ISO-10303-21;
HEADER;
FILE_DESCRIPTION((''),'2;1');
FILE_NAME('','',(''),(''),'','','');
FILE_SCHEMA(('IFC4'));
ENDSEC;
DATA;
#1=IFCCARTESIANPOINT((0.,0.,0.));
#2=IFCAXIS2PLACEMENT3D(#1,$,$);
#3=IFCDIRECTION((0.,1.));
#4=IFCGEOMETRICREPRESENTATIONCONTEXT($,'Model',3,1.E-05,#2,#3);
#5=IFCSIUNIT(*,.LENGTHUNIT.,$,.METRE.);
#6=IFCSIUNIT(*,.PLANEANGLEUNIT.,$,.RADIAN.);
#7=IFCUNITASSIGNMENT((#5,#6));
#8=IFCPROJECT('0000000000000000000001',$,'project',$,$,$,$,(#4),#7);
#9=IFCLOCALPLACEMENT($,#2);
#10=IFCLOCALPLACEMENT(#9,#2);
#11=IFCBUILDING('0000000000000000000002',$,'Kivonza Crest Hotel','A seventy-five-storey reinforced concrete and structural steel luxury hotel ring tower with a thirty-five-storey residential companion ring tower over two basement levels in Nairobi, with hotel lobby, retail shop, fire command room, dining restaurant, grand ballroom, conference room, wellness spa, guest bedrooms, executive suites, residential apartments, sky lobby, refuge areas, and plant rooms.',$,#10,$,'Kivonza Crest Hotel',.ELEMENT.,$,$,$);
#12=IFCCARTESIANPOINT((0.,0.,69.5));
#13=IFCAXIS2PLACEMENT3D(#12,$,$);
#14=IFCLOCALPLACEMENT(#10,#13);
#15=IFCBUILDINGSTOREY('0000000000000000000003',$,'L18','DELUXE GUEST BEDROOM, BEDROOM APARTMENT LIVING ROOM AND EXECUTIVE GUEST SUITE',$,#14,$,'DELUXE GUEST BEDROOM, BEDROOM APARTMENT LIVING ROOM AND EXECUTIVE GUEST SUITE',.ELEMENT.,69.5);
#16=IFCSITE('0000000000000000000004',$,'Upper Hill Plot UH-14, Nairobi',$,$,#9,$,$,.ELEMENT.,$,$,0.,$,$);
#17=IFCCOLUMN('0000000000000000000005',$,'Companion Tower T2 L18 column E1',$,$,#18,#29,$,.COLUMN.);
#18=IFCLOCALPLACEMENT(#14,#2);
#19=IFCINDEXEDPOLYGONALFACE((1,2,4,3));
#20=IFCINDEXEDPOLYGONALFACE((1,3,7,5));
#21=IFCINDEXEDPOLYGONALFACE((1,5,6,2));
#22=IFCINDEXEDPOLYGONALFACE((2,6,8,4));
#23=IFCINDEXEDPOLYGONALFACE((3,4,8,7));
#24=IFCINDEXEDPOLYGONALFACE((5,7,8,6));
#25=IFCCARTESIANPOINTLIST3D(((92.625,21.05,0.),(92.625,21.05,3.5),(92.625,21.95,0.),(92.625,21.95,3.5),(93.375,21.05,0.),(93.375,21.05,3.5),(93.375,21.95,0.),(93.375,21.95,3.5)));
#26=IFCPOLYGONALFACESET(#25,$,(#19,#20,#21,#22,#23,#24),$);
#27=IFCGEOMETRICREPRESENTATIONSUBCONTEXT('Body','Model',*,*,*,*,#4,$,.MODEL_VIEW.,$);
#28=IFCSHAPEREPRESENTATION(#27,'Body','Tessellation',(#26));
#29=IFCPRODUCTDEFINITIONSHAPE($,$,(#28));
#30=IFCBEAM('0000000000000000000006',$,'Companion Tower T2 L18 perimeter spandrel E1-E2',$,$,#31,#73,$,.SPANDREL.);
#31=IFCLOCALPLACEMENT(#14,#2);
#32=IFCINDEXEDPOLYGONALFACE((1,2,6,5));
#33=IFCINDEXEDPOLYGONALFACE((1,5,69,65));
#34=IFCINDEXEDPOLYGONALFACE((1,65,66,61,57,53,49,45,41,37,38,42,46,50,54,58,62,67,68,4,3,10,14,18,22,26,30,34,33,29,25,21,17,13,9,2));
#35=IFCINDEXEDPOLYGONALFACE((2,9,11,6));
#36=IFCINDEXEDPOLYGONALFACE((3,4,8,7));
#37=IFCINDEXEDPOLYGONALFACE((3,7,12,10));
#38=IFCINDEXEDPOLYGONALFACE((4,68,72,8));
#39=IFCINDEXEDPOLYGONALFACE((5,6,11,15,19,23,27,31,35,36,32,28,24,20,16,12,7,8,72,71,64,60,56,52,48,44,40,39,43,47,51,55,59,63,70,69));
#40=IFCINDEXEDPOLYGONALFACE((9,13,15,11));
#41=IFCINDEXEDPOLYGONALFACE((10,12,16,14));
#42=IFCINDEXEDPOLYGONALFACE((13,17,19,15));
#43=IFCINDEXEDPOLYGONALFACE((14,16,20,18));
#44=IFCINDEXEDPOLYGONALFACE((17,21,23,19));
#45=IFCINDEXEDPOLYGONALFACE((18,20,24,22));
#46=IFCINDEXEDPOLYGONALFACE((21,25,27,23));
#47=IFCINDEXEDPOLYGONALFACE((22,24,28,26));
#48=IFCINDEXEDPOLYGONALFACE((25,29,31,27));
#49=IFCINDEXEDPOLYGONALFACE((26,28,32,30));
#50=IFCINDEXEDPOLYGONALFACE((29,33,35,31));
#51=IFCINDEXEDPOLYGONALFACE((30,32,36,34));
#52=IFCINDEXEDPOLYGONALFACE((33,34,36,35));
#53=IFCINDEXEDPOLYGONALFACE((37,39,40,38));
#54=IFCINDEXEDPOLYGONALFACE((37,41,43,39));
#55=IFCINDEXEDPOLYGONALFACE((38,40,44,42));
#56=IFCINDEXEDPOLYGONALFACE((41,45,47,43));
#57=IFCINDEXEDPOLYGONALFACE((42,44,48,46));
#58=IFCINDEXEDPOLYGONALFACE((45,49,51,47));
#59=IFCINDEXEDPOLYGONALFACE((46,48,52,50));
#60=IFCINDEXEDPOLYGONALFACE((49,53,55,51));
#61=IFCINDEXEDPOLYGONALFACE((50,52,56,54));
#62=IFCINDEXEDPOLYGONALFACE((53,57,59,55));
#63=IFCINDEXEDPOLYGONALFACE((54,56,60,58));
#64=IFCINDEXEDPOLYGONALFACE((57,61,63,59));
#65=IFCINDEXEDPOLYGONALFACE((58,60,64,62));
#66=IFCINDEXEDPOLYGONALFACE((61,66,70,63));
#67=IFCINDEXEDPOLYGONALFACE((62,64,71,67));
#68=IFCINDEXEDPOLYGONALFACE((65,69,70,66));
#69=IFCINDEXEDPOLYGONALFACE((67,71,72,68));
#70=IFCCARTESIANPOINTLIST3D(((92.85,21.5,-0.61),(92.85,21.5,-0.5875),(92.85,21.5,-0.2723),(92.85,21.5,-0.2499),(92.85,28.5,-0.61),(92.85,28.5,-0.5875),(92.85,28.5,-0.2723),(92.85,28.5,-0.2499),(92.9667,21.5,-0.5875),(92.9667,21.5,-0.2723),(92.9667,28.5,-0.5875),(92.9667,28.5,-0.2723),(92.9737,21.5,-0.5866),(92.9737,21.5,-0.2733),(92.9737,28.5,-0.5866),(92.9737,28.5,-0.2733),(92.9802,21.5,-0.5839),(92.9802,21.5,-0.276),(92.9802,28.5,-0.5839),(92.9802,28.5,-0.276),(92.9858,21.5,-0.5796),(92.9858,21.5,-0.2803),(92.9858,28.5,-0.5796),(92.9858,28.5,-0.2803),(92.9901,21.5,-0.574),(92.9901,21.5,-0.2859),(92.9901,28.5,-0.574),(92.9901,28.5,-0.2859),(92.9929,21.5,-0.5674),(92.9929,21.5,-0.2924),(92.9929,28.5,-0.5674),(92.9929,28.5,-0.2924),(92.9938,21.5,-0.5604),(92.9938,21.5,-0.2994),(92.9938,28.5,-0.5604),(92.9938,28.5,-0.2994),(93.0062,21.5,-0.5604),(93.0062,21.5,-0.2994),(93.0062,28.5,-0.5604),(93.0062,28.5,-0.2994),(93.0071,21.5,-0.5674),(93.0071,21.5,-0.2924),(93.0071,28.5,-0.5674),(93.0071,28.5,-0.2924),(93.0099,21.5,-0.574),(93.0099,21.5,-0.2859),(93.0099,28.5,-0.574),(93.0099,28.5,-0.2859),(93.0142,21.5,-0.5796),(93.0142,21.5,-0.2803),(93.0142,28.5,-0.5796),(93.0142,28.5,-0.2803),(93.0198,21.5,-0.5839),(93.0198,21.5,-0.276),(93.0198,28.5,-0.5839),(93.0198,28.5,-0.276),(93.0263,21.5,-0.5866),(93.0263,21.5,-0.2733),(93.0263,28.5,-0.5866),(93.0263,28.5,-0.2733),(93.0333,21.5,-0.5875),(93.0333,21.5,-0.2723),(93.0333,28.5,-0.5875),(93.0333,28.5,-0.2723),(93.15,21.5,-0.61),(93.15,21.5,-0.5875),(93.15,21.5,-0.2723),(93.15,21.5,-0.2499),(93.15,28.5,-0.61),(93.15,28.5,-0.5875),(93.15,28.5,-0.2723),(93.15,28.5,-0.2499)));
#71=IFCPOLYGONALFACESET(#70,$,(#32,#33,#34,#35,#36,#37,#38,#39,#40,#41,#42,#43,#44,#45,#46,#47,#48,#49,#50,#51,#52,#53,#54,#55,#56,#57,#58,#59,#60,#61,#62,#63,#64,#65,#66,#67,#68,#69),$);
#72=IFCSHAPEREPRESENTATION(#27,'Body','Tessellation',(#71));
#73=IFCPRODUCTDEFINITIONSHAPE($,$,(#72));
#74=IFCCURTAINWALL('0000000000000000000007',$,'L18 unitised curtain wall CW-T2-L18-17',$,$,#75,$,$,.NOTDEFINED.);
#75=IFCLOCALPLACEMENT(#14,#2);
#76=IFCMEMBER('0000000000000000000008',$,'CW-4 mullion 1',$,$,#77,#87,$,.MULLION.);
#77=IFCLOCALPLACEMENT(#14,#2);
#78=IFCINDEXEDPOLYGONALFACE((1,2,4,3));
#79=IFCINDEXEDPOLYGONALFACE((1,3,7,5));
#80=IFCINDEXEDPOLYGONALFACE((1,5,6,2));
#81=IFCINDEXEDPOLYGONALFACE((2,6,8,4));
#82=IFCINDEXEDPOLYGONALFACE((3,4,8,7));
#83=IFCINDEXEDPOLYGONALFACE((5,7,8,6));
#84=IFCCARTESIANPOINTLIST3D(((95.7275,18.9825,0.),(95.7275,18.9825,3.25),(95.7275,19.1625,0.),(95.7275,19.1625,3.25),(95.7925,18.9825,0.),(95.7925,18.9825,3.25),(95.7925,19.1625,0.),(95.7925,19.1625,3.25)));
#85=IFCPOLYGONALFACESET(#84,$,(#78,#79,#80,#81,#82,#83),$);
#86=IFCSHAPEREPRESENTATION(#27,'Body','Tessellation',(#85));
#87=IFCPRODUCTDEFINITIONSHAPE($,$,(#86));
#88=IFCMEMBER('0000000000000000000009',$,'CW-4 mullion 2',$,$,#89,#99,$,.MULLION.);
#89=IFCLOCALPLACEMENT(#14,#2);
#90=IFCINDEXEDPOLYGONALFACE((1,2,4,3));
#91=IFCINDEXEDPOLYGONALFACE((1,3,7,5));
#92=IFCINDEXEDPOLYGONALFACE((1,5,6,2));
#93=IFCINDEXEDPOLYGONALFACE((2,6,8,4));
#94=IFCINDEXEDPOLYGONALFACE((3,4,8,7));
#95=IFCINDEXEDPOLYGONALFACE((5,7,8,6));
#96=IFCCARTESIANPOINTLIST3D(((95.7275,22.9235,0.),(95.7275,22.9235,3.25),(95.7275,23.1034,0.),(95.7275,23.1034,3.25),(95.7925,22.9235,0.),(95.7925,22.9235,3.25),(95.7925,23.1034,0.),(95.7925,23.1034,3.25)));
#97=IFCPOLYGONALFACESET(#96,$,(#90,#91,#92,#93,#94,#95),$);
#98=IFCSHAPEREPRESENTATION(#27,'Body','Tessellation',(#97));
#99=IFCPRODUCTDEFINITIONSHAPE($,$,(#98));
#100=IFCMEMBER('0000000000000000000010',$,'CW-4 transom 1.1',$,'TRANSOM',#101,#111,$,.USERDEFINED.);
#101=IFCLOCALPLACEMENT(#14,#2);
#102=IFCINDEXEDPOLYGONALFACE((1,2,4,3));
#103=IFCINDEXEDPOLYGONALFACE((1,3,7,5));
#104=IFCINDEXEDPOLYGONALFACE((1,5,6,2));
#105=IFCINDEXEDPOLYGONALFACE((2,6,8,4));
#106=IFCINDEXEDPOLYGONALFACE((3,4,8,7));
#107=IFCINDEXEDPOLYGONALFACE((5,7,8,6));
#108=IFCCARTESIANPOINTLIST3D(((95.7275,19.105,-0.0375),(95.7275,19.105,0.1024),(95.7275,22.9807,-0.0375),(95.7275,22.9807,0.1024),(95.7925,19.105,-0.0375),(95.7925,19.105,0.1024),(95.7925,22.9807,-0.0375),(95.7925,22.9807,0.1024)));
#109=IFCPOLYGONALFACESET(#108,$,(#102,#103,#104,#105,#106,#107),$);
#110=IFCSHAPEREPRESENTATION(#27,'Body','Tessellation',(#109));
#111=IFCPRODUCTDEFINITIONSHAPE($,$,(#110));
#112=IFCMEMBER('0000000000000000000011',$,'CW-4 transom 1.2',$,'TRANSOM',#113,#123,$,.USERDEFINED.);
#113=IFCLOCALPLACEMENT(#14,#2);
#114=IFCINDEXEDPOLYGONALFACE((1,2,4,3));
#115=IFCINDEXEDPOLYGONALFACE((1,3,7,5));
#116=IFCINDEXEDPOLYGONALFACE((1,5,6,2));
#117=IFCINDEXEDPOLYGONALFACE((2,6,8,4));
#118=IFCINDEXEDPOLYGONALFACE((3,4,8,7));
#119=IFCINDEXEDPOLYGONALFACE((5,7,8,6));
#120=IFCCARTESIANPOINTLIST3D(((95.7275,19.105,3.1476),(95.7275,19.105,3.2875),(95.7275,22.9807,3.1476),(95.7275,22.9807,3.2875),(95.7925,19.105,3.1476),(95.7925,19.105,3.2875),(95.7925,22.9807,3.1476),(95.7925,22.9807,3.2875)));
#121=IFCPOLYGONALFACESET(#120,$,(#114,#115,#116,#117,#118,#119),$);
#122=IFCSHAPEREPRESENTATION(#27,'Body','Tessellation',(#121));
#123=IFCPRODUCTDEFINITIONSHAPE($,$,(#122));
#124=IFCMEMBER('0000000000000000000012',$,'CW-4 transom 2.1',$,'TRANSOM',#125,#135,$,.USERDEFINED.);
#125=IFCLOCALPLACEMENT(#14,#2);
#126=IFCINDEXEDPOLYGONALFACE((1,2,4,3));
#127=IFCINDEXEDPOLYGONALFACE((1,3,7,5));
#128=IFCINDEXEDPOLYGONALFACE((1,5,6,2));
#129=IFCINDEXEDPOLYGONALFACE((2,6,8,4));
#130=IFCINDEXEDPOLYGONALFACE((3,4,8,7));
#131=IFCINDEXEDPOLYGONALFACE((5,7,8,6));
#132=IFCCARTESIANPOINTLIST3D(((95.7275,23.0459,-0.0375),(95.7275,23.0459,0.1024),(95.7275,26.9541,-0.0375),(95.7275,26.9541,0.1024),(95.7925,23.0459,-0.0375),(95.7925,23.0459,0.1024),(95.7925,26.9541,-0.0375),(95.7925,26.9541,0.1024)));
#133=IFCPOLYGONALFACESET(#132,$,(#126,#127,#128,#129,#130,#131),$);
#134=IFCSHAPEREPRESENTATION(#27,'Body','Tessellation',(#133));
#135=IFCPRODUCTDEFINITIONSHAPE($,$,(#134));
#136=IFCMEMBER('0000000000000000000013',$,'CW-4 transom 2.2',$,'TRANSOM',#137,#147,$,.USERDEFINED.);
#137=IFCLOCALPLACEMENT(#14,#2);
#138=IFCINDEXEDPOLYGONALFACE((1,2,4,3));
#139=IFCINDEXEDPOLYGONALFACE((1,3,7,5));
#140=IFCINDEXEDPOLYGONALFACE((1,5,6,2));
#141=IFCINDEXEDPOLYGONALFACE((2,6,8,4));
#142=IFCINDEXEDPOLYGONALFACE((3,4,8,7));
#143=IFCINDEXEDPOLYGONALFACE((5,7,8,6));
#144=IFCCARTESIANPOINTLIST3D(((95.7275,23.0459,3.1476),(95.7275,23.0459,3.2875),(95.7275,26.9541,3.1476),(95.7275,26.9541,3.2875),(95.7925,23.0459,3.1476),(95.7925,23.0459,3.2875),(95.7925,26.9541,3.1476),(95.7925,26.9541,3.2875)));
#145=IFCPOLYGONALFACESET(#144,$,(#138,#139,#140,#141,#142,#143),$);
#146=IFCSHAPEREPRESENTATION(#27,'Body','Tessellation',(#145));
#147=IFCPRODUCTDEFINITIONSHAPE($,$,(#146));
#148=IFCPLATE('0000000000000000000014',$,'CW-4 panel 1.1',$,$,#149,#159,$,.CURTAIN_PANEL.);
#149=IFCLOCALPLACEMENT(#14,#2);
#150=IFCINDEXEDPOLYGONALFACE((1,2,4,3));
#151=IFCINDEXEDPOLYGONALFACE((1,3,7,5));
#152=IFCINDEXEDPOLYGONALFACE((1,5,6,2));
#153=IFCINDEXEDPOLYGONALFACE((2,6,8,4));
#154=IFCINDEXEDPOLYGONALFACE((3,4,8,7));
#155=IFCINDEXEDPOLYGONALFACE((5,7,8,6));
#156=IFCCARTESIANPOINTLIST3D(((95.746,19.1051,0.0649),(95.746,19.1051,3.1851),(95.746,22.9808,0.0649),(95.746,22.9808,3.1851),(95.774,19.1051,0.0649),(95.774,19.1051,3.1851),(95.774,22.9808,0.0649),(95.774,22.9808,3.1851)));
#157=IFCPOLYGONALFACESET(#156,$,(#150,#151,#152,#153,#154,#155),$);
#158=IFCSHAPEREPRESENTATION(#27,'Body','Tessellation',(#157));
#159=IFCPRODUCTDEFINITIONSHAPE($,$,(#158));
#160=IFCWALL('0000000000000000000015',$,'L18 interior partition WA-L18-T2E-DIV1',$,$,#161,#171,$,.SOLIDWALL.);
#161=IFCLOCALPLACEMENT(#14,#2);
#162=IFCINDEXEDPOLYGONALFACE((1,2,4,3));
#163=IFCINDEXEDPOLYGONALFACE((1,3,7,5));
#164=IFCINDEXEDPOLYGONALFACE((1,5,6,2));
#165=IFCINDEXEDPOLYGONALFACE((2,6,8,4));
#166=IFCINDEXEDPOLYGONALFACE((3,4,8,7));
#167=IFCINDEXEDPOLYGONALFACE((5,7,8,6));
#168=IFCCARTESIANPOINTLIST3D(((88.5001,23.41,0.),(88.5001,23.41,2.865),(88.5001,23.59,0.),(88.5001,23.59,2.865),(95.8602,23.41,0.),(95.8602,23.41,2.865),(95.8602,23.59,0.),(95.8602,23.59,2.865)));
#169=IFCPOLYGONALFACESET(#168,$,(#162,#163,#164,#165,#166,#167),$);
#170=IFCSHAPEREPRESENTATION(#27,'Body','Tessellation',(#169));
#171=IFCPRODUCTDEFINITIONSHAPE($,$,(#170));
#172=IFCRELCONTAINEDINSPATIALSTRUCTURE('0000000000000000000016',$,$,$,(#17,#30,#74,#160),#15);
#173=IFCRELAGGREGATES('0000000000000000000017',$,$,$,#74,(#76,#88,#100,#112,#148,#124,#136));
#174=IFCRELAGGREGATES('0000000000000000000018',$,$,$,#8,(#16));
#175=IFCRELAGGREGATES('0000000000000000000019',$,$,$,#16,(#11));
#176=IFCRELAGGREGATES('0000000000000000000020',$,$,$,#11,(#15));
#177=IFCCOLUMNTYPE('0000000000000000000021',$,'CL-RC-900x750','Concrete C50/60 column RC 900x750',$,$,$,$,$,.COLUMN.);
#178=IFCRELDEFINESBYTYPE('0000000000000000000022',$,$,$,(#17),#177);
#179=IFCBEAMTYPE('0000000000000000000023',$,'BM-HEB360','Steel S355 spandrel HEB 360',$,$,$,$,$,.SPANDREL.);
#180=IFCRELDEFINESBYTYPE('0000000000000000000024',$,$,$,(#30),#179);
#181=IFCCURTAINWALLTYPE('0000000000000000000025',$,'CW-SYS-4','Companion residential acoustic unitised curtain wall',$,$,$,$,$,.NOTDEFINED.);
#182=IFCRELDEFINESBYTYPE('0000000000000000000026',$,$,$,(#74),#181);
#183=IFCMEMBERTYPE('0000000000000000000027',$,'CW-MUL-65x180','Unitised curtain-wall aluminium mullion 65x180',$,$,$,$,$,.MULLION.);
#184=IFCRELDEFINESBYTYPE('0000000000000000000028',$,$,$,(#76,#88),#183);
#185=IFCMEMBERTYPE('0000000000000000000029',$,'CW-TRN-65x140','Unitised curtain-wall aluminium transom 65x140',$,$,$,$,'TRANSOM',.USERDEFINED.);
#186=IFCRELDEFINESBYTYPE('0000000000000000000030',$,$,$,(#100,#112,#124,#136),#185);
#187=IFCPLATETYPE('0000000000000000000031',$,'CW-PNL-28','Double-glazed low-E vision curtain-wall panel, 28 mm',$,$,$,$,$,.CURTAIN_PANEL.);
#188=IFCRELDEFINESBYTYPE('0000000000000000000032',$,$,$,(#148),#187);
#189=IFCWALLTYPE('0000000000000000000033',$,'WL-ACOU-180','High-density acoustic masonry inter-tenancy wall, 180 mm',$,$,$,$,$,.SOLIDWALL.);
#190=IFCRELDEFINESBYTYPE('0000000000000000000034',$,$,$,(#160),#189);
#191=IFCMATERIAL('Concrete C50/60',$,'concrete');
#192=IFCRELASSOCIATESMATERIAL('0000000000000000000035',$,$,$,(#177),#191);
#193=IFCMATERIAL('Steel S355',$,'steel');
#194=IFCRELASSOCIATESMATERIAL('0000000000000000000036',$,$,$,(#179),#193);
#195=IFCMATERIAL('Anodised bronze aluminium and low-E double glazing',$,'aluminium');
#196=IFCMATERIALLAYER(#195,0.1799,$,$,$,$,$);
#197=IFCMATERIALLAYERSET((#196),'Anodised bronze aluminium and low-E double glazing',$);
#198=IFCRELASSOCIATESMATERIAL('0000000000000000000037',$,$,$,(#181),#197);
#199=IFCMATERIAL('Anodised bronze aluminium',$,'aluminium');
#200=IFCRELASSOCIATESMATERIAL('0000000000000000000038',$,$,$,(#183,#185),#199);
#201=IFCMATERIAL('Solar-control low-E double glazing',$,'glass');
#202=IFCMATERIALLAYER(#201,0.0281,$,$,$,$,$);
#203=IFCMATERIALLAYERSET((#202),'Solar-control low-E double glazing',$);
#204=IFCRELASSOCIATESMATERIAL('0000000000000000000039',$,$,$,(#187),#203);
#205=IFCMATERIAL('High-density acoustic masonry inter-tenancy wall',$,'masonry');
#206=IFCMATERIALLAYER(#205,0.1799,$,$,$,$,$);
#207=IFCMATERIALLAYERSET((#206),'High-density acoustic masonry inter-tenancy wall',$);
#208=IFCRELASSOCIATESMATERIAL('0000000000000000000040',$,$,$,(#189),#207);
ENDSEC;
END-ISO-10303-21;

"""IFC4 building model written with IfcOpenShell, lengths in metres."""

from ifc_helpers import new_model, si_unit, direction, frame, frame_2d, origin, origin_2d, place, context, subcontext, project, spatial, rectangle, i_section, extrude, material, layer, layer_set, material_profile, profile_set, type_object, element, aggregate, save


model = new_model("IFC4")

# Units and contexts
model_context = context("Model", 3, precision=1e-05, world=origin(), true_north=direction((0.0, 1.0)))
body_context = subcontext(model_context, "Body", "Model", "MODEL_VIEW")
ifc_project = project(units=[si_unit("LENGTHUNIT", "METRE"), si_unit("PLANEANGLEUNIT", "RADIAN")], contexts=[model_context])

# Site, building, storey
site_placement = place(None, origin())
site = spatial("IfcSite", under=ifc_project, at=site_placement, Name="Upper Hill Plot UH-14, Nairobi", CompositionType="ELEMENT", RefElevation=0.0)
building_placement = place(site_placement, origin())
building = spatial("IfcBuilding", under=site, at=building_placement, Name="Kivonza Crest Hotel", Description="A seventy-five-storey reinforced concrete and structural steel luxury hotel ring tower with a thirty-five-storey residential companion ring tower over two basement levels in Nairobi, with hotel lobby, retail shop, fire command room, dining restaurant, grand ballroom, conference room, wellness spa, guest bedrooms, executive suites, residential apartments, sky lobby, refuge areas, and plant rooms.", LongName="Kivonza Crest Hotel", CompositionType="ELEMENT")
storey_placement = place(building_placement, frame((0.0, 0.0, 69.5)))
storey = spatial("IfcBuildingStorey", under=building, at=storey_placement, Name="L18", Description="DELUXE GUEST BEDROOM, BEDROOM APARTMENT LIVING ROOM AND EXECUTIVE GUEST SUITE", LongName="DELUXE GUEST BEDROOM, BEDROOM APARTMENT LIVING ROOM AND EXECUTIVE GUEST SUITE", CompositionType="ELEMENT", Elevation=69.5)

# Column
ifc_material_1 = material(Name="Concrete C50/60", Category="concrete")
ifc_material_profile_1 = material_profile(ifc_material_1, rectangle(XDim=0.75, YDim=0.8999, at=origin_2d()), Name="RC 900x750")
ifc_profile_set_1 = profile_set([ifc_material_profile_1], Name="Concrete C50/60")
column_type = type_object("IfcColumnType", Name="CL-RC-900x750", Description="Concrete C50/60 column RC 900x750", PredefinedType="COLUMN", material=ifc_profile_set_1)
column_placement = place(storey_placement, frame((93.0, 21.5, 0.0), z_axis=(0.0, 0.0, 1.0), x_axis=(1.0, 0.0, 0.0)))
element("IfcColumn", 1, at=column_placement, inside=storey, type_object=column_type, Name="Companion Tower T2 L18 column E1", PredefinedType="COLUMN", context=body_context, shape_type="SweptSolid", body=[
    extrude(rectangle(XDim=0.75, YDim=0.8999, at=origin_2d()), origin(), (0.0, 0.0, 1.0), 3.5),
])

# Beam
ifc_material_2 = material(Name="Steel S355", Category="steel")
ifc_material_profile_2 = material_profile(ifc_material_2, i_section(OverallWidth=0.3, OverallDepth=0.3601, WebThickness=0.0125, FlangeThickness=0.0225, FilletRadius=0.0271, at=origin_2d()), Name="HEB 360")
ifc_profile_set_2 = profile_set([ifc_material_profile_2], Name="Steel S355")
beam_type = type_object("IfcBeamType", Name="BM-HEB360", Description="Steel S355 spandrel HEB 360", PredefinedType="SPANDREL", material=ifc_profile_set_2)
beam_placement = place(storey_placement, frame((93.0, 21.5, -0.4299), z_axis=(0.0, 1.0, 0.0), x_axis=(-1.0, 0.0, 0.0)))
element("IfcBeam", 2, at=beam_placement, inside=storey, type_object=beam_type, Name="Companion Tower T2 L18 perimeter spandrel E1-E2", PredefinedType="SPANDREL", context=body_context, shape_type="SweptSolid", body=[
    extrude(i_section(OverallWidth=0.3, OverallDepth=0.3601, WebThickness=0.0125, FlangeThickness=0.0225, FilletRadius=0.0271, at=origin_2d()), origin(), (0.0, 0.0, 1.0), 7.0),
])

# Curtain wall, members, plate
ifc_material_3 = material(Name="Anodised bronze aluminium and low-E double glazing", Category="aluminium")
ifc_layer_1 = layer(ifc_material_3, 0.1799)
ifc_layer_set_1 = layer_set([ifc_layer_1], Name="Anodised bronze aluminium and low-E double glazing")
curtain_wall_type = type_object("IfcCurtainWallType", Name="CW-SYS-4", Description="Companion residential acoustic unitised curtain wall", PredefinedType="NOTDEFINED", material=ifc_layer_set_1)
curtain_wall_placement = place(storey_placement, origin())
curtain_wall = element("IfcCurtainWall", 3, at=curtain_wall_placement, inside=storey, type_object=curtain_wall_type, Name="L18 unitised curtain wall CW-T2-L18-17", PredefinedType="NOTDEFINED")
ifc_material_4 = material(Name="Anodised bronze aluminium", Category="aluminium")
ifc_material_profile_3 = material_profile(ifc_material_4, rectangle(XDim=0.0649, YDim=0.1799, at=origin_2d()), Name="CW-M 65x180")
ifc_profile_set_3 = profile_set([ifc_material_profile_3], Name="Anodised bronze aluminium")
member_type_1 = type_object("IfcMemberType", Name="CW-MUL-65x180", Description="Unitised curtain-wall aluminium mullion 65x180", PredefinedType="MULLION", material=ifc_profile_set_3)
member_1_placement = place(storey_placement, frame((95.76, 19.0725, 0.0), z_axis=(0.0, 0.0, 1.0), x_axis=(-1.0, 0.0, 0.0)))
member_1 = element("IfcMember", 4, at=member_1_placement, type_object=member_type_1, Name="CW-4 mullion 1", PredefinedType="MULLION", context=body_context, shape_type="SweptSolid", body=[
    extrude(rectangle(XDim=0.0649, YDim=0.1799, at=origin_2d()), origin(), (0.0, 0.0, 1.0), 3.25),
])
member_2_placement = place(storey_placement, frame((95.76, 23.0134, 0.0), z_axis=(0.0, 0.0, 1.0), x_axis=(-1.0, 0.0, 0.0)))
member_2 = element("IfcMember", 5, at=member_2_placement, type_object=member_type_1, Name="CW-4 mullion 2", PredefinedType="MULLION", context=body_context, shape_type="SweptSolid", body=[
    extrude(rectangle(XDim=0.0649, YDim=0.1799, at=origin_2d()), origin(), (0.0, 0.0, 1.0), 3.25),
])
ifc_material_profile_4 = material_profile(ifc_material_4, rectangle(XDim=0.0649, YDim=0.1399, at=origin_2d()), Name="CW-T 65x140")
ifc_profile_set_4 = profile_set([ifc_material_profile_4], Name="Anodised bronze aluminium")
member_type_2 = type_object("IfcMemberType", Name="CW-TRN-65x140", Description="Unitised curtain-wall aluminium transom 65x140", ElementType="TRANSOM", PredefinedType="USERDEFINED", material=ifc_profile_set_4)
member_3_placement = place(storey_placement, frame((95.76, 19.105, 0.0325), z_axis=(0.0, 1.0, 0.0), x_axis=(-1.0, 0.0, 0.0)))
member_3 = element("IfcMember", 6, at=member_3_placement, type_object=member_type_2, Name="CW-4 transom 1.1", ObjectType="TRANSOM", PredefinedType="USERDEFINED", context=body_context, shape_type="SweptSolid", body=[
    extrude(rectangle(XDim=0.0649, YDim=0.1399, at=origin_2d()), origin(), (0.0, 0.0, 1.0), 3.8757),
])
member_4_placement = place(storey_placement, frame((95.76, 19.105, 3.2175), z_axis=(0.0, 1.0, 0.0), x_axis=(-1.0, 0.0, 0.0)))
member_4 = element("IfcMember", 7, at=member_4_placement, type_object=member_type_2, Name="CW-4 transom 1.2", ObjectType="TRANSOM", PredefinedType="USERDEFINED", context=body_context, shape_type="SweptSolid", body=[
    extrude(rectangle(XDim=0.0649, YDim=0.1399, at=origin_2d()), origin(), (0.0, 0.0, 1.0), 3.8757),
])
member_5_placement = place(storey_placement, frame((95.76, 23.0459, 0.0325), z_axis=(0.0, 1.0, 0.0), x_axis=(-1.0, 0.0, 0.0)))
member_5 = element("IfcMember", 8, at=member_5_placement, type_object=member_type_2, Name="CW-4 transom 2.1", ObjectType="TRANSOM", PredefinedType="USERDEFINED", context=body_context, shape_type="SweptSolid", body=[
    extrude(rectangle(XDim=0.0649, YDim=0.1399, at=origin_2d()), origin(), (0.0, 0.0, 1.0), 3.9082),
])
member_6_placement = place(storey_placement, frame((95.76, 23.0459, 3.2175), z_axis=(0.0, 1.0, 0.0), x_axis=(-1.0, 0.0, 0.0)))
member_6 = element("IfcMember", 9, at=member_6_placement, type_object=member_type_2, Name="CW-4 transom 2.2", ObjectType="TRANSOM", PredefinedType="USERDEFINED", context=body_context, shape_type="SweptSolid", body=[
    extrude(rectangle(XDim=0.0649, YDim=0.1399, at=origin_2d()), origin(), (0.0, 0.0, 1.0), 3.9082),
])
ifc_material_5 = material(Name="Solar-control low-E double glazing", Category="glass")
ifc_layer_2 = layer(ifc_material_5, 0.0281)
ifc_layer_set_2 = layer_set([ifc_layer_2], Name="Solar-control low-E double glazing")
plate_type = type_object("IfcPlateType", Name="CW-PNL-28", Description="Double-glazed low-E vision curtain-wall panel, 28 mm", PredefinedType="CURTAIN_PANEL", material=ifc_layer_set_2)
plate_placement = place(storey_placement, frame((95.76, 21.043, 0.0649), z_axis=(0.0, 0.0, 1.0), x_axis=(0.0, 1.0, 0.0)))
plate = element("IfcPlate", 10, at=plate_placement, type_object=plate_type, Name="CW-4 panel 1.1", PredefinedType="CURTAIN_PANEL", context=body_context, shape_type="SweptSolid", body=[
    extrude(rectangle(XDim=3.8757, YDim=0.0281, at=origin_2d()), origin(), (0.0, 0.0, 1.0), 3.1201),
])
aggregate(curtain_wall, [member_1, member_2, member_3, member_4, plate, member_5, member_6])

# Wall
ifc_material_6 = material(Name="High-density acoustic masonry inter-tenancy wall", Category="masonry")
ifc_layer_3 = layer(ifc_material_6, 0.1799)
ifc_layer_set_3 = layer_set([ifc_layer_3], Name="High-density acoustic masonry inter-tenancy wall")
wall_type_1 = type_object("IfcWallType", Name="WL-ACOU-180", Description="High-density acoustic masonry inter-tenancy wall, 180 mm", PredefinedType="SOLIDWALL", material=ifc_layer_set_3)
wall_1_placement = place(storey_placement, frame((88.5, 23.5, 0.0), z_axis=(0.0, 0.0, 1.0), x_axis=(1.0, 0.0, 0.0)))
element("IfcWall", 11, at=wall_1_placement, inside=storey, type_object=wall_type_1, Name="L18 interior partition WA-L18-T2E-DIV1", PredefinedType="SOLIDWALL", context=body_context, shape_type="SweptSolid", body=[
    extrude(rectangle(XDim=7.3601, YDim=0.1799, at=frame_2d((3.6802, 0.0))), origin(), (0.0, 0.0, 1.0), 2.865),
])

save(model, "model.ifc")
